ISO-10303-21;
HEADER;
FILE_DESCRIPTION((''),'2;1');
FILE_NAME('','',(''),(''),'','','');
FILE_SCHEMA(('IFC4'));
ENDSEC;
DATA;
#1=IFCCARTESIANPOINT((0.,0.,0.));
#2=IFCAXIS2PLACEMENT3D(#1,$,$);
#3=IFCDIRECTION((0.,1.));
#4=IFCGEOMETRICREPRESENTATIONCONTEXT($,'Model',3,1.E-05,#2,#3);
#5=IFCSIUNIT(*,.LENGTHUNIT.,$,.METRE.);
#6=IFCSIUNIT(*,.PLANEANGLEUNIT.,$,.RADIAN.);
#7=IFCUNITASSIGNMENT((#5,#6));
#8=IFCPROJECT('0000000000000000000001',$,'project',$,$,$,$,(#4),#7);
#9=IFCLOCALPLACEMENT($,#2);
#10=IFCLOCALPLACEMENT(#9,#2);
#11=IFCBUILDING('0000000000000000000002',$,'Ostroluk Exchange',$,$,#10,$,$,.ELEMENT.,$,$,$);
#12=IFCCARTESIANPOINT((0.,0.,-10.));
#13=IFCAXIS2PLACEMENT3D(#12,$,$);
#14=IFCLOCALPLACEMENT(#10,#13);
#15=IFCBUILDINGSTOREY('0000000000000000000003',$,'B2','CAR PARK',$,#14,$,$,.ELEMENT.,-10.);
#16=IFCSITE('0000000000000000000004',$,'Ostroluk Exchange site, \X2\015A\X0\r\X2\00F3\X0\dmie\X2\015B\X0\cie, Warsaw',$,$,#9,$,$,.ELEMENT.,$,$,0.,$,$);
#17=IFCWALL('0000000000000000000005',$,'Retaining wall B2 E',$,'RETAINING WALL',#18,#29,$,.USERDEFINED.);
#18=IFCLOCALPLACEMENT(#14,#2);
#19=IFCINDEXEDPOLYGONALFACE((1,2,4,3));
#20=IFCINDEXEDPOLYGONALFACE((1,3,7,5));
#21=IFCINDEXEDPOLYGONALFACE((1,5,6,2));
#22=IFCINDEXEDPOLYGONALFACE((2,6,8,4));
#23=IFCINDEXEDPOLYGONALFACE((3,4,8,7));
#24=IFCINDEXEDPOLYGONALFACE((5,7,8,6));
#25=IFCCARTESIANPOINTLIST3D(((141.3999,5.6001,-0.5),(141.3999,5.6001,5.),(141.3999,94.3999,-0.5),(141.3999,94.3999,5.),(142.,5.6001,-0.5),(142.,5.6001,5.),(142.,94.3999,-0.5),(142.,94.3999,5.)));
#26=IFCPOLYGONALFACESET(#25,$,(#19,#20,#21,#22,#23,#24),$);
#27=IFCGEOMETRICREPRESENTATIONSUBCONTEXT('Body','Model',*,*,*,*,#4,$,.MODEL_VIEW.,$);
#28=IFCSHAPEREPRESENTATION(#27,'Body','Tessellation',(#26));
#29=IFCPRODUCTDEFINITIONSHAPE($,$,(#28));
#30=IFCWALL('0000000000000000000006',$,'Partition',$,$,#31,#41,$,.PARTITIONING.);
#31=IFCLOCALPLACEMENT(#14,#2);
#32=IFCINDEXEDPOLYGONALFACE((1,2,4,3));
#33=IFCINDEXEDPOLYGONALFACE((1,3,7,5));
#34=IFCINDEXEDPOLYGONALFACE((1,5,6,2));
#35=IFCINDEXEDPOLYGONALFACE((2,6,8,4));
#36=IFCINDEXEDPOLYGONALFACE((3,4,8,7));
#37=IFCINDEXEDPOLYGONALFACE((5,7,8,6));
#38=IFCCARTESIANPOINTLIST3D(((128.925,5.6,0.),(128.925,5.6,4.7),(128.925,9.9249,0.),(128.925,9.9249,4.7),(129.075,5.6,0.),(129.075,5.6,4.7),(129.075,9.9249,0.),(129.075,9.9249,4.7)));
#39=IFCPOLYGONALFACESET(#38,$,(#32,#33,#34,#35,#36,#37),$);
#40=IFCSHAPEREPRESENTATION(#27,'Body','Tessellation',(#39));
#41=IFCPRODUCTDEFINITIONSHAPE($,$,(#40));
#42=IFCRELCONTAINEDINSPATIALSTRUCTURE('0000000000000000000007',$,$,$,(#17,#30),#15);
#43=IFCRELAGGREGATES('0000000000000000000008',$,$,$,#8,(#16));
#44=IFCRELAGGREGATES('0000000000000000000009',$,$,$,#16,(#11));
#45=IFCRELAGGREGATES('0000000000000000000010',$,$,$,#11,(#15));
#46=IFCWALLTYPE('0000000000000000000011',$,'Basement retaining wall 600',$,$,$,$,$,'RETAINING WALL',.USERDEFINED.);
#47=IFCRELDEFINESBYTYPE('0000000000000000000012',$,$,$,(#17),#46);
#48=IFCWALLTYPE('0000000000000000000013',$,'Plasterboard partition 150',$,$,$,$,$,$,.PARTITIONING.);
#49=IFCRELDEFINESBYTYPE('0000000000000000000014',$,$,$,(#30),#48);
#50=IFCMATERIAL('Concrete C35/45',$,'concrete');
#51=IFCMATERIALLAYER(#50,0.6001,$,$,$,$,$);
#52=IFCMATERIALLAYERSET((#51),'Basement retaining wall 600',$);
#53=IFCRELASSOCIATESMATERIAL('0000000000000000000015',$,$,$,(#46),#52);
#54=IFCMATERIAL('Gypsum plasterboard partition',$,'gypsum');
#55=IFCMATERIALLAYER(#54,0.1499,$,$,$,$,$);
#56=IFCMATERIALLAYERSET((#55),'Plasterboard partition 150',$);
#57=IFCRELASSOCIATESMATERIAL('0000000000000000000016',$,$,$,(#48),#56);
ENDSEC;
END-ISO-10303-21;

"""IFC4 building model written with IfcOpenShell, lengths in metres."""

from ifc_helpers import new_model, si_unit, direction, frame, frame_2d, origin, place, context, subcontext, project, spatial, rectangle, extrude, material, layer, layer_set, type_object, element, save


model = new_model("IFC4")

# Units and contexts
model_context = context("Model", 3, precision=1e-05, world=origin(), true_north=direction((0.0, 1.0)))
body_context = subcontext(model_context, "Body", "Model", "MODEL_VIEW")
ifc_project = project(units=[si_unit("LENGTHUNIT", "METRE"), si_unit("PLANEANGLEUNIT", "RADIAN")], contexts=[model_context])

# Site, building, storey
site_placement = place(None, origin())
site = spatial("IfcSite", under=ifc_project, at=site_placement, Name="Ostroluk Exchange site, Śródmieście, Warsaw", CompositionType="ELEMENT", RefElevation=0.0)
building_placement = place(site_placement, origin())
building = spatial("IfcBuilding", under=site, at=building_placement, Name="Ostroluk Exchange", CompositionType="ELEMENT")
storey_placement = place(building_placement, frame((0.0, 0.0, -10.0)))
storey = spatial("IfcBuildingStorey", under=building, at=storey_placement, Name="B2", Description="CAR PARK", CompositionType="ELEMENT", Elevation=-10.0)

# Walls
ifc_material_1 = material(Name="Concrete C35/45", Category="concrete")
ifc_layer_1 = layer(ifc_material_1, 0.6001)
ifc_layer_set_1 = layer_set([ifc_layer_1], Name="Basement retaining wall 600")
wall_type_1 = type_object("IfcWallType", Name="Basement retaining wall 600", ElementType="RETAINING WALL", PredefinedType="USERDEFINED", material=ifc_layer_set_1)
wall_1_placement = place(storey_placement, frame((141.7, 5.6001, -0.5), z_axis=(0.0, 0.0, 1.0), x_axis=(0.0, 1.0, 0.0)))
element("IfcWall", 1, at=wall_1_placement, inside=storey, type_object=wall_type_1, Name="Retaining wall B2 E", ObjectType="RETAINING WALL", PredefinedType="USERDEFINED", context=body_context, shape_type="SweptSolid", body=[
    extrude(rectangle(XDim=88.7998, YDim=0.6001, at=frame_2d((44.3999, 0.0))), origin(), (0.0, 0.0, 1.0), 5.5),
])
ifc_material_2 = material(Name="Gypsum plasterboard partition", Category="gypsum")
ifc_layer_2 = layer(ifc_material_2, 0.1499)
ifc_layer_set_2 = layer_set([ifc_layer_2], Name="Plasterboard partition 150")
wall_type_2 = type_object("IfcWallType", Name="Plasterboard partition 150", PredefinedType="PARTITIONING", material=ifc_layer_set_2)
wall_2_placement = place(storey_placement, frame((129.0, 9.925, 0.0), z_axis=(0.0, 0.0, 1.0), x_axis=(0.0, -1.0, 0.0)))
element("IfcWall", 2, at=wall_2_placement, inside=storey, type_object=wall_type_2, Name="Partition", PredefinedType="PARTITIONING", context=body_context, shape_type="SweptSolid", body=[
    extrude(rectangle(XDim=4.325, YDim=0.1499, at=frame_2d((2.1626, 0.0))), origin(), (0.0, 0.0, 1.0), 4.7),
])

save(model, "model.ifc")
